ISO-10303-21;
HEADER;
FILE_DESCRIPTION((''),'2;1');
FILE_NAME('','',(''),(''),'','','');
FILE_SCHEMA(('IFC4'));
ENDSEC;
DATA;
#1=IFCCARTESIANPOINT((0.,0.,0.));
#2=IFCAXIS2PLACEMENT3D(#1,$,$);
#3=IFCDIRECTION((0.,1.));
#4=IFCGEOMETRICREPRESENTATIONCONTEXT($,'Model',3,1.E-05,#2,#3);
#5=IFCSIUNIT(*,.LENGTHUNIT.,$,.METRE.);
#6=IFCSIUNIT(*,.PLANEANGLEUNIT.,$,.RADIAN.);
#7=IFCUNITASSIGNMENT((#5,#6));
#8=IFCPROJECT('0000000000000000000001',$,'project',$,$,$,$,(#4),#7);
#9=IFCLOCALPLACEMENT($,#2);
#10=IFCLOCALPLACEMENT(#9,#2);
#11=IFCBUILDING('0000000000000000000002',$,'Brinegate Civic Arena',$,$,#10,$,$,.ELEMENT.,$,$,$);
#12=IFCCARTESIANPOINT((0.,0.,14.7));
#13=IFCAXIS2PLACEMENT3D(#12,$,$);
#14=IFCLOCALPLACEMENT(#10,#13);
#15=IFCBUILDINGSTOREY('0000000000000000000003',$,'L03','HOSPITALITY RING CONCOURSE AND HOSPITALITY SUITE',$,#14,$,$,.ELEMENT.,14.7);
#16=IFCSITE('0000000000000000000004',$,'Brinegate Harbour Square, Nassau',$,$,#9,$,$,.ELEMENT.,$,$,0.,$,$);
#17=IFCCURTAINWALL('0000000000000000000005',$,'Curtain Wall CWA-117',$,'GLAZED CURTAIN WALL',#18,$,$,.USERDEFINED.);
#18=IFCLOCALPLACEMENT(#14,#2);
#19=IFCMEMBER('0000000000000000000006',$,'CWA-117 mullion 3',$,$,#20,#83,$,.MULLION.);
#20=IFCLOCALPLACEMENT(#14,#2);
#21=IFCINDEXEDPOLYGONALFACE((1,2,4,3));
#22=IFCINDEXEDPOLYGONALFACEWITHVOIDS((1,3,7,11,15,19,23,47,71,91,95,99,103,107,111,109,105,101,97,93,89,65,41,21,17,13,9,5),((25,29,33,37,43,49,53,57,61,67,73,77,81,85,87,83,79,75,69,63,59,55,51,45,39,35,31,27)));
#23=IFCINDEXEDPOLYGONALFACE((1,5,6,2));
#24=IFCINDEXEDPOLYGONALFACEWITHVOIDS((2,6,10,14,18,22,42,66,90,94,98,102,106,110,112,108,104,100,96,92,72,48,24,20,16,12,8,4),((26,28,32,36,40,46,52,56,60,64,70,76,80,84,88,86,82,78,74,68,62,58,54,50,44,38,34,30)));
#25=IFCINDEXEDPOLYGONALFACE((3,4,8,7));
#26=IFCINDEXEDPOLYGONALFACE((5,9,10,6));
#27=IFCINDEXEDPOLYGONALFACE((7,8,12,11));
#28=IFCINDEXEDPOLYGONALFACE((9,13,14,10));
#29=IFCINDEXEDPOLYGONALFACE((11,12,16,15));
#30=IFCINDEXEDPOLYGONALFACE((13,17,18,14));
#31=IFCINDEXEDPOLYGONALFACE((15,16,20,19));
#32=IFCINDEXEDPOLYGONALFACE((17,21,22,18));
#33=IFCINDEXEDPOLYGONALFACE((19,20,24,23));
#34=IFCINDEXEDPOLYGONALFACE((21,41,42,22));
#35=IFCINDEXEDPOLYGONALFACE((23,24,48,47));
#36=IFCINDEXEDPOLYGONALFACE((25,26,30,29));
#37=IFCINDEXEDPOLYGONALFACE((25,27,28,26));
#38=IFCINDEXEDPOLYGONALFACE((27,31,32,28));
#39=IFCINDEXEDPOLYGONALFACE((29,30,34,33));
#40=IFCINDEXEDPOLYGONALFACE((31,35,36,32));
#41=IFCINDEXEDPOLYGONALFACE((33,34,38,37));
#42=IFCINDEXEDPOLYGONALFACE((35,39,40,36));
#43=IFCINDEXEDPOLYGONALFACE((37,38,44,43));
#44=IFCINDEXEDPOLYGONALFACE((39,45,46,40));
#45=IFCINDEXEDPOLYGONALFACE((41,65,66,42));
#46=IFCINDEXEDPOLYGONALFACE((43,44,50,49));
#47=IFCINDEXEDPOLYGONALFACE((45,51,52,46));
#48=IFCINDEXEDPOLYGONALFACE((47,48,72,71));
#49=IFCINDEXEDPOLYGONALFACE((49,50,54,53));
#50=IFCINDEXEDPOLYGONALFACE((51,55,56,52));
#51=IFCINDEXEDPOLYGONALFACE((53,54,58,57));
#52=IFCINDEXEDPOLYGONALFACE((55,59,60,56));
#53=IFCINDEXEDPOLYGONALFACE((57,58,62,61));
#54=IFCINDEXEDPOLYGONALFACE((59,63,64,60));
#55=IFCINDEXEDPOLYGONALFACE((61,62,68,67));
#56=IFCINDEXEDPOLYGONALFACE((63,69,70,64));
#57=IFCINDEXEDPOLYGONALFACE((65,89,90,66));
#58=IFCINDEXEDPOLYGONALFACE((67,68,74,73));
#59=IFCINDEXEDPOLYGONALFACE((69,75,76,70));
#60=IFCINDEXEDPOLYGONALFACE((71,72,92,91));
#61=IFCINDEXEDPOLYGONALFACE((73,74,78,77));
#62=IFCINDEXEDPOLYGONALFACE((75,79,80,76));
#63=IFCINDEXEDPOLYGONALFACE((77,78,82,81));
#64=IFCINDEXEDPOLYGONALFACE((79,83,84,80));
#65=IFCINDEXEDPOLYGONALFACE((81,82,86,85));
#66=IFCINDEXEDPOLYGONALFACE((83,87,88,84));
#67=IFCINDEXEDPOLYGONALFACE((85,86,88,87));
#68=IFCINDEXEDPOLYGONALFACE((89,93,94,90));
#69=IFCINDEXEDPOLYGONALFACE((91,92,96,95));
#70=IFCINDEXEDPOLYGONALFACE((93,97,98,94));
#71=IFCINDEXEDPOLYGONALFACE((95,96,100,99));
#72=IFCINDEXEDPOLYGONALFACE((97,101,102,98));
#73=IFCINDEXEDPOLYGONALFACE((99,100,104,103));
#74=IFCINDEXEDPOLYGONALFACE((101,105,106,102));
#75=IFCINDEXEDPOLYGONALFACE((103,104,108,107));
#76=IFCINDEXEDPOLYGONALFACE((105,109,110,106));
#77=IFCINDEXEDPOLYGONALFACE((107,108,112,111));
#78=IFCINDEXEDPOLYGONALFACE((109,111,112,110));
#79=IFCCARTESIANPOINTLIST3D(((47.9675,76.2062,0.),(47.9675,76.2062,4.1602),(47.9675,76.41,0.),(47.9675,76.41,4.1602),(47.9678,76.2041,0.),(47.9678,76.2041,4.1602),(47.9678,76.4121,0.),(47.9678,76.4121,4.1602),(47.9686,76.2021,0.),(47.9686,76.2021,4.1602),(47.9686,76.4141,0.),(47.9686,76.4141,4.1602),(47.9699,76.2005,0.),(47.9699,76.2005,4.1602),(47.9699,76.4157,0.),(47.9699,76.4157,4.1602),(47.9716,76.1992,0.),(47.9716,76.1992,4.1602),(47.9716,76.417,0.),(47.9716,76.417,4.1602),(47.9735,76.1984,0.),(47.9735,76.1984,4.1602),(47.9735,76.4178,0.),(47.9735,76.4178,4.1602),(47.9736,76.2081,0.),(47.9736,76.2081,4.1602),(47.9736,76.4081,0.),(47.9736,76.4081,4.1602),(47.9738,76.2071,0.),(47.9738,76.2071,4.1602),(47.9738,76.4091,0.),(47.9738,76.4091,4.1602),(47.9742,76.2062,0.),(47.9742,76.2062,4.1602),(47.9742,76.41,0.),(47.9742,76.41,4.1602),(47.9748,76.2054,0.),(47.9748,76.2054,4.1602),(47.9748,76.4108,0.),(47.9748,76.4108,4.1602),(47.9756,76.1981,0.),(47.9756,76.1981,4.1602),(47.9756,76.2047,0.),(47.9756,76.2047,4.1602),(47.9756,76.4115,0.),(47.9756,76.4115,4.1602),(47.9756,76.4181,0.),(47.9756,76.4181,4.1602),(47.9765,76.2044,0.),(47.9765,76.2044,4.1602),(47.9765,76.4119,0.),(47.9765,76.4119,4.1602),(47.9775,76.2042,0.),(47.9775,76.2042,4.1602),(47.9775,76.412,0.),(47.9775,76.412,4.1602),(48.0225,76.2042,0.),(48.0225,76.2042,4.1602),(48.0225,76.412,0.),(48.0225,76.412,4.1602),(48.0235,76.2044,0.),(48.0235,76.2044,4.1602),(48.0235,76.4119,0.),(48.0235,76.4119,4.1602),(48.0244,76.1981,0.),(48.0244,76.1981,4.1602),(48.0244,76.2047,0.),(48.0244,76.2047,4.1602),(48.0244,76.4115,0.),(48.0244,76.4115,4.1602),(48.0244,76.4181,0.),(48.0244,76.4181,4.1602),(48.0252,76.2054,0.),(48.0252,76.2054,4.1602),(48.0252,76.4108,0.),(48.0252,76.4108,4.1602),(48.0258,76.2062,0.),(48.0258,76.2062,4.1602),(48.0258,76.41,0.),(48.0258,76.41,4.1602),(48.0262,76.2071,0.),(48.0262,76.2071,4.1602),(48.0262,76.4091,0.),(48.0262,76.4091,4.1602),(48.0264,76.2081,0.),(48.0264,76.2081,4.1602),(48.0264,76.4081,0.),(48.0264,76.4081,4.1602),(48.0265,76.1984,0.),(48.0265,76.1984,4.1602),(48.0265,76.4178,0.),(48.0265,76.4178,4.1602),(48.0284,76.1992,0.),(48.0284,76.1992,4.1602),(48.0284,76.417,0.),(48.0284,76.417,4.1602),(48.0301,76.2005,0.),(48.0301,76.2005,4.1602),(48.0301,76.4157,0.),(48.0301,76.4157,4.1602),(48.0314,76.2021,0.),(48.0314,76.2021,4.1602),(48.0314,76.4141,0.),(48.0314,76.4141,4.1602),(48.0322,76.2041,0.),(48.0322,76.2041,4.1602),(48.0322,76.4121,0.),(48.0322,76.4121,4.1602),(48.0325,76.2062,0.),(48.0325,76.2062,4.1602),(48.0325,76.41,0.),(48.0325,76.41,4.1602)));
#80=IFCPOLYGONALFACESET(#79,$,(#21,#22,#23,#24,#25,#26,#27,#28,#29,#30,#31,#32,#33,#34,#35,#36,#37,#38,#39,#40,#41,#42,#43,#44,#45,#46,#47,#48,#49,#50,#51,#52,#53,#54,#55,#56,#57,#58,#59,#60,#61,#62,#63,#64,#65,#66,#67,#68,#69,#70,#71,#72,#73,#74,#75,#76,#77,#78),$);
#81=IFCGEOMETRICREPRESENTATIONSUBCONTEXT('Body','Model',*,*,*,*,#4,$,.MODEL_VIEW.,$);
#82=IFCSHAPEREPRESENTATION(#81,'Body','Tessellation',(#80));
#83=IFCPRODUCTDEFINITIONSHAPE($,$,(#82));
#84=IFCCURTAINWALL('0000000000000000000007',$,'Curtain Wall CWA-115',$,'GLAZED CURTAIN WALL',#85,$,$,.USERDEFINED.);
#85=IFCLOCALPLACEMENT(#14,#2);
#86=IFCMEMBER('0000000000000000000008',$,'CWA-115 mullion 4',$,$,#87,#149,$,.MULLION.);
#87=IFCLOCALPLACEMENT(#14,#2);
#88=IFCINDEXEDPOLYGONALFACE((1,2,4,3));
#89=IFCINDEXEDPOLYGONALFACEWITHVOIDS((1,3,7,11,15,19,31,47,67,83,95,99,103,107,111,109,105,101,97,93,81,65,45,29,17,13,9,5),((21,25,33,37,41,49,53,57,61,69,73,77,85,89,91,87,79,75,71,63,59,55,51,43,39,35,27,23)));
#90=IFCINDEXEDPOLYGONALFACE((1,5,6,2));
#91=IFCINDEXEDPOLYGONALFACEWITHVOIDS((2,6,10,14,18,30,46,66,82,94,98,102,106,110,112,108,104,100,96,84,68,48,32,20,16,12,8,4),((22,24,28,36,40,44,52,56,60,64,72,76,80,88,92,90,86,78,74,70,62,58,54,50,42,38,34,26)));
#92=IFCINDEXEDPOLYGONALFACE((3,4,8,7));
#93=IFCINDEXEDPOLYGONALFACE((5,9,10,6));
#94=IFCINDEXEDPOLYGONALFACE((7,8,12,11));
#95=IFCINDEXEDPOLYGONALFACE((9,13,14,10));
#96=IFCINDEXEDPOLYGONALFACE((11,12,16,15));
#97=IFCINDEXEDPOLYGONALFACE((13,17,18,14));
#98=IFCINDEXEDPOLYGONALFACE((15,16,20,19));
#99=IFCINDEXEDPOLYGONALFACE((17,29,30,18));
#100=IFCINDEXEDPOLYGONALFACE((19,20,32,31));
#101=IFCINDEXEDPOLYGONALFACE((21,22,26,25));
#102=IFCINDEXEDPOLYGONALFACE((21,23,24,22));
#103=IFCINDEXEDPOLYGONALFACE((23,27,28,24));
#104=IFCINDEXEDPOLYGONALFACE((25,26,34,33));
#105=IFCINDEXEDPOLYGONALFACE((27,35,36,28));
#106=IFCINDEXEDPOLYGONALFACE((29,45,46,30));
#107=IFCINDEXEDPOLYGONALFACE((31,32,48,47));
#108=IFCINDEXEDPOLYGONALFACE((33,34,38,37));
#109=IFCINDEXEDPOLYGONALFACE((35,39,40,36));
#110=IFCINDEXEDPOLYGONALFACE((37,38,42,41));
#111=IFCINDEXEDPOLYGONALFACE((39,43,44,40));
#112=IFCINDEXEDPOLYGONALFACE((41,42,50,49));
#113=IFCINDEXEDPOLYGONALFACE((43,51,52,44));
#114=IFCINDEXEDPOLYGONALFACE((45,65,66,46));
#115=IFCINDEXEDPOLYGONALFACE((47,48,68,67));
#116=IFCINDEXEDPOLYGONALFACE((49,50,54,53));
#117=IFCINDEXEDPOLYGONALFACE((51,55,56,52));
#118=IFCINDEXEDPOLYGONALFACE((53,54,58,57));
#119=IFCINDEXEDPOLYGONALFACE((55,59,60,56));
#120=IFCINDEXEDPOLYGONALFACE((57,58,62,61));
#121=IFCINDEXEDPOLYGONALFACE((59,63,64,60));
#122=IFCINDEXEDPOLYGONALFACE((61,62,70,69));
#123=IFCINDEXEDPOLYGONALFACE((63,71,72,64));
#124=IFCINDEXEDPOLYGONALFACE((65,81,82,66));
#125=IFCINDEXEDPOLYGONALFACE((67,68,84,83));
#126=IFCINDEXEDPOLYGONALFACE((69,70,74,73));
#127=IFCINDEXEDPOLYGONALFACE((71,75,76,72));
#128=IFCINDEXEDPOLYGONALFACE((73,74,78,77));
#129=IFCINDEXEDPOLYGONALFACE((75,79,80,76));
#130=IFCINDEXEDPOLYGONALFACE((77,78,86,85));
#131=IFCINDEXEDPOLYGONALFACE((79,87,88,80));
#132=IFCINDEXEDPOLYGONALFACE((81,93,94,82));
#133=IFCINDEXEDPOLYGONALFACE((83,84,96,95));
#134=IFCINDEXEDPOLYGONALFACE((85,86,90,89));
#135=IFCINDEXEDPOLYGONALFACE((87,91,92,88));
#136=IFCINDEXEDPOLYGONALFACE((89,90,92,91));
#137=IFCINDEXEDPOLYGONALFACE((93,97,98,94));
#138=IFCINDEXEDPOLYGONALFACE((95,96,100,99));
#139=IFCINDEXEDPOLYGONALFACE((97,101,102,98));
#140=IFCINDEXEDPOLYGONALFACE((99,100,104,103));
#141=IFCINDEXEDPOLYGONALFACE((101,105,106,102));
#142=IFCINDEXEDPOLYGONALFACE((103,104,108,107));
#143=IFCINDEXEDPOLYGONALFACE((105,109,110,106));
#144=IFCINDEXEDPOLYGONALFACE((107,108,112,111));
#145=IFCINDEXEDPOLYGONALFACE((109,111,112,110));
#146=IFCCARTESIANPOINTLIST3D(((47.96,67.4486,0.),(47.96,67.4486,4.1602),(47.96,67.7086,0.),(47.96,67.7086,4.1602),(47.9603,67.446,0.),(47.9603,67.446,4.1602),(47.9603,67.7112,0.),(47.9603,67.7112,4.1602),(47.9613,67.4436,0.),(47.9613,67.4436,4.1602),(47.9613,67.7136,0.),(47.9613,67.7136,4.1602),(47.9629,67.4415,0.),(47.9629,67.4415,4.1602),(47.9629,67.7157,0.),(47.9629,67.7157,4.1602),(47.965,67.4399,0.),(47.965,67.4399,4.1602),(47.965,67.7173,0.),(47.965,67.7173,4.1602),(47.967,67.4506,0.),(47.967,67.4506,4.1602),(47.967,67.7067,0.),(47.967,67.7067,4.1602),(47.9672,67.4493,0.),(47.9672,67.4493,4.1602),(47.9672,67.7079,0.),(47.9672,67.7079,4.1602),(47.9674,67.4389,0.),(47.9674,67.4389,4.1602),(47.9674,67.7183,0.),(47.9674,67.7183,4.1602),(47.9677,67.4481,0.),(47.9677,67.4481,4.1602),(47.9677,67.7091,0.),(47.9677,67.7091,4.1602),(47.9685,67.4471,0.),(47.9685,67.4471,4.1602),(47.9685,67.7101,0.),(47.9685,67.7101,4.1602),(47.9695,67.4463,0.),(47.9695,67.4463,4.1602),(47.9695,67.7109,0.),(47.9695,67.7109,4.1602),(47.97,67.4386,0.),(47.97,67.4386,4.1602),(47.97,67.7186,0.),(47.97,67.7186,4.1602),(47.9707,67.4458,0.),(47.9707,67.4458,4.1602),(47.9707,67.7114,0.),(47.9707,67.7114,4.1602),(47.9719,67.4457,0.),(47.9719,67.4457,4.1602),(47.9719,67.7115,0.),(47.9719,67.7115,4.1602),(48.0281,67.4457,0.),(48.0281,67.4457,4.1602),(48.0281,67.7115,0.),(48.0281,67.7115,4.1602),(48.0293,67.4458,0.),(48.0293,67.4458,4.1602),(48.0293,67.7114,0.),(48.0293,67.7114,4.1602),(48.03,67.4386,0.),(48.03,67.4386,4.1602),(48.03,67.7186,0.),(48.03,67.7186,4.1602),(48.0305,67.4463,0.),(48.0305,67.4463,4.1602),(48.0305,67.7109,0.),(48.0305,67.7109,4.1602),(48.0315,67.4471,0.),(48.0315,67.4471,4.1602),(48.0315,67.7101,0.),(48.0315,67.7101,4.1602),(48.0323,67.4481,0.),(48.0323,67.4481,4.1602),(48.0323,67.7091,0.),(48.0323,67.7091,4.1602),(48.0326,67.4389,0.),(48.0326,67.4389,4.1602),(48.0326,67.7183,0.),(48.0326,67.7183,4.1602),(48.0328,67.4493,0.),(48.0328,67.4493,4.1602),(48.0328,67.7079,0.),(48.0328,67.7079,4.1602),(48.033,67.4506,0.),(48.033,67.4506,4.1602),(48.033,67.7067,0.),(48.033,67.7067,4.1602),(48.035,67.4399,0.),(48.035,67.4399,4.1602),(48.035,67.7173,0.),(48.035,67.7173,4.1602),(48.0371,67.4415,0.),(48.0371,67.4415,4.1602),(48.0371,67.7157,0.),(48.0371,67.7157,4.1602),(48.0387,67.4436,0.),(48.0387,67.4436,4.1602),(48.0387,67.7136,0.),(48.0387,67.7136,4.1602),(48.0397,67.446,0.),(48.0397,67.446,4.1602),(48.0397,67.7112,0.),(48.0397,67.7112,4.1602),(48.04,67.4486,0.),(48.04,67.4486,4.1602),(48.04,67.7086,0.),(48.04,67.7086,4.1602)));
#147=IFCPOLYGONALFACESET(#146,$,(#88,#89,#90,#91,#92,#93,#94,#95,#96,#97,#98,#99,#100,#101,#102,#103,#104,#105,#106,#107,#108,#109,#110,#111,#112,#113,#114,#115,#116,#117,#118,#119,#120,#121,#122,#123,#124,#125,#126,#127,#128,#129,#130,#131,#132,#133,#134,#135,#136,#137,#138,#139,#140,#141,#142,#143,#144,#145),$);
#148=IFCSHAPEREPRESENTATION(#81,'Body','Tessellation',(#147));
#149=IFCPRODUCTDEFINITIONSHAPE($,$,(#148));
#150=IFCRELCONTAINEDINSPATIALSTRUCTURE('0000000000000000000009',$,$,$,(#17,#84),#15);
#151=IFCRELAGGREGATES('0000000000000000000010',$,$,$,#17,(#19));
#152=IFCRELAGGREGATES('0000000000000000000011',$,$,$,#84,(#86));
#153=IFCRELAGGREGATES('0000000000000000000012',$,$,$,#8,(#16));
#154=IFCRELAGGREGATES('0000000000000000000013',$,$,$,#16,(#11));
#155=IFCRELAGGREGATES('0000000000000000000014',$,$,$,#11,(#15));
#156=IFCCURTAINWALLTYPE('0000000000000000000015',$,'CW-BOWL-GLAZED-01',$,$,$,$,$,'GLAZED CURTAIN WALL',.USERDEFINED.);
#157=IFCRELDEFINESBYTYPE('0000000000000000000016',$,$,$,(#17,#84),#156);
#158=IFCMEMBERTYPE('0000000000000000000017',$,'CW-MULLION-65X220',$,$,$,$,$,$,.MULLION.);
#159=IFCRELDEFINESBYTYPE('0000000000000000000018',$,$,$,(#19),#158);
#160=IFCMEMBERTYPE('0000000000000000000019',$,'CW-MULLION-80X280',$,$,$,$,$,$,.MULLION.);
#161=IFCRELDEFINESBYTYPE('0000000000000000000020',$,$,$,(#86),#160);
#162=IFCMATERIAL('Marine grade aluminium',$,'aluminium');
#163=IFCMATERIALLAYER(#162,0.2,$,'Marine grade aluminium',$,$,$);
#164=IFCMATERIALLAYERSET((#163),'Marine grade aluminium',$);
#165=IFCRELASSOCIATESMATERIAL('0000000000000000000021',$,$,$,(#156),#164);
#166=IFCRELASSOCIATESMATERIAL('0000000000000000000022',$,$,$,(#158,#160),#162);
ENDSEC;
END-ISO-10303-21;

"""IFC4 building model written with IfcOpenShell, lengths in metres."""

from ifc_helpers import new_model, si_unit, direction, frame, origin, origin_2d, place, context, subcontext, project, spatial, hollow_rectangle, extrude, material, layer, layer_set, material_profile, profile_set, type_object, element, aggregate, save


model = new_model("IFC4")

# Units and contexts
model_context = context("Model", 3, precision=1e-05, world=origin(), true_north=direction((0.0, 1.0)))
body_context = subcontext(model_context, "Body", "Model", "MODEL_VIEW")
ifc_project = project(units=[si_unit("LENGTHUNIT", "METRE"), si_unit("PLANEANGLEUNIT", "RADIAN")], contexts=[model_context])

# Site, building, storey
site_placement = place(None, origin())
site = spatial("IfcSite", under=ifc_project, at=site_placement, Name="Brinegate Harbour Square, Nassau", CompositionType="ELEMENT", RefElevation=0.0)
building_placement = place(site_placement, origin())
building = spatial("IfcBuilding", under=site, at=building_placement, Name="Brinegate Civic Arena", CompositionType="ELEMENT")
storey_placement = place(building_placement, frame((0.0, 0.0, 14.7)))
storey = spatial("IfcBuildingStorey", under=building, at=storey_placement, Name="L03", Description="HOSPITALITY RING CONCOURSE AND HOSPITALITY SUITE", CompositionType="ELEMENT", Elevation=14.7)

# Curtain walls, members
ifc_material_1 = material(Name="Marine grade aluminium", Category="aluminium")
ifc_layer_1 = layer(ifc_material_1, 0.2, Name="Marine grade aluminium")
ifc_layer_set_1 = layer_set([ifc_layer_1], Name="Marine grade aluminium")
curtain_wall_type = type_object("IfcCurtainWallType", Name="CW-BOWL-GLAZED-01", ElementType="GLAZED CURTAIN WALL", PredefinedType="USERDEFINED", material=ifc_layer_set_1)
curtain_wall_1_placement = place(storey_placement, origin())
curtain_wall_1 = element("IfcCurtainWall", 1, at=curtain_wall_1_placement, inside=storey, type_object=curtain_wall_type, Name="Curtain Wall CWA-117", ObjectType="GLAZED CURTAIN WALL", PredefinedType="USERDEFINED")
ifc_material_profile_1 = material_profile(ifc_material_1, hollow_rectangle(XDim=0.0649, YDim=0.22, WallThickness=0.0061, InnerFilletRadius=0.0039, OuterFilletRadius=0.0081, at=origin_2d()), Name="MUL65X220")
ifc_profile_set_1 = profile_set([ifc_material_profile_1], Name="Marine grade aluminium")
member_type_1 = type_object("IfcMemberType", Name="CW-MULLION-65X220", PredefinedType="MULLION", material=ifc_profile_set_1)
member_1_placement = place(storey_placement, frame((48.0, 76.3081, 0.0), z_axis=(0.0, 0.0, 1.0), x_axis=(-1.0, 0.0, 0.0)))
member_1 = element("IfcMember", 2, at=member_1_placement, type_object=member_type_1, Name="CWA-117 mullion 3", PredefinedType="MULLION", context=body_context, shape_type="SweptSolid", body=[
    extrude(hollow_rectangle(XDim=0.0649, YDim=0.22, WallThickness=0.0061, InnerFilletRadius=0.0039, OuterFilletRadius=0.0081, at=origin_2d()), origin(), (0.0, 0.0, 1.0), 4.1602),
])
curtain_wall_2_placement = place(storey_placement, origin())
curtain_wall_2 = element("IfcCurtainWall", 3, at=curtain_wall_2_placement, inside=storey, type_object=curtain_wall_type, Name="Curtain Wall CWA-115", ObjectType="GLAZED CURTAIN WALL", PredefinedType="USERDEFINED")
ifc_material_profile_2 = material_profile(ifc_material_1, hollow_rectangle(XDim=0.0801, YDim=0.28, WallThickness=0.0071, InnerFilletRadius=0.0049, OuterFilletRadius=0.01, at=origin_2d()), Name="MUL80X280")
ifc_profile_set_2 = profile_set([ifc_material_profile_2], Name="Marine grade aluminium")
member_type_2 = type_object("IfcMemberType", Name="CW-MULLION-80X280", PredefinedType="MULLION", material=ifc_profile_set_2)
member_2_placement = place(storey_placement, frame((48.0, 67.5786, 0.0), z_axis=(0.0, 0.0, 1.0), x_axis=(-1.0, 0.0, 0.0)))
member_2 = element("IfcMember", 4, at=member_2_placement, type_object=member_type_2, Name="CWA-115 mullion 4", PredefinedType="MULLION", context=body_context, shape_type="SweptSolid", body=[
    extrude(hollow_rectangle(XDim=0.0801, YDim=0.28, WallThickness=0.0071, InnerFilletRadius=0.0049, OuterFilletRadius=0.01, at=origin_2d()), origin(), (0.0, 0.0, 1.0), 4.1602),
])

aggregate(curtain_wall_1, [member_1])
aggregate(curtain_wall_2, [member_2])

save(model, "model.ifc")
